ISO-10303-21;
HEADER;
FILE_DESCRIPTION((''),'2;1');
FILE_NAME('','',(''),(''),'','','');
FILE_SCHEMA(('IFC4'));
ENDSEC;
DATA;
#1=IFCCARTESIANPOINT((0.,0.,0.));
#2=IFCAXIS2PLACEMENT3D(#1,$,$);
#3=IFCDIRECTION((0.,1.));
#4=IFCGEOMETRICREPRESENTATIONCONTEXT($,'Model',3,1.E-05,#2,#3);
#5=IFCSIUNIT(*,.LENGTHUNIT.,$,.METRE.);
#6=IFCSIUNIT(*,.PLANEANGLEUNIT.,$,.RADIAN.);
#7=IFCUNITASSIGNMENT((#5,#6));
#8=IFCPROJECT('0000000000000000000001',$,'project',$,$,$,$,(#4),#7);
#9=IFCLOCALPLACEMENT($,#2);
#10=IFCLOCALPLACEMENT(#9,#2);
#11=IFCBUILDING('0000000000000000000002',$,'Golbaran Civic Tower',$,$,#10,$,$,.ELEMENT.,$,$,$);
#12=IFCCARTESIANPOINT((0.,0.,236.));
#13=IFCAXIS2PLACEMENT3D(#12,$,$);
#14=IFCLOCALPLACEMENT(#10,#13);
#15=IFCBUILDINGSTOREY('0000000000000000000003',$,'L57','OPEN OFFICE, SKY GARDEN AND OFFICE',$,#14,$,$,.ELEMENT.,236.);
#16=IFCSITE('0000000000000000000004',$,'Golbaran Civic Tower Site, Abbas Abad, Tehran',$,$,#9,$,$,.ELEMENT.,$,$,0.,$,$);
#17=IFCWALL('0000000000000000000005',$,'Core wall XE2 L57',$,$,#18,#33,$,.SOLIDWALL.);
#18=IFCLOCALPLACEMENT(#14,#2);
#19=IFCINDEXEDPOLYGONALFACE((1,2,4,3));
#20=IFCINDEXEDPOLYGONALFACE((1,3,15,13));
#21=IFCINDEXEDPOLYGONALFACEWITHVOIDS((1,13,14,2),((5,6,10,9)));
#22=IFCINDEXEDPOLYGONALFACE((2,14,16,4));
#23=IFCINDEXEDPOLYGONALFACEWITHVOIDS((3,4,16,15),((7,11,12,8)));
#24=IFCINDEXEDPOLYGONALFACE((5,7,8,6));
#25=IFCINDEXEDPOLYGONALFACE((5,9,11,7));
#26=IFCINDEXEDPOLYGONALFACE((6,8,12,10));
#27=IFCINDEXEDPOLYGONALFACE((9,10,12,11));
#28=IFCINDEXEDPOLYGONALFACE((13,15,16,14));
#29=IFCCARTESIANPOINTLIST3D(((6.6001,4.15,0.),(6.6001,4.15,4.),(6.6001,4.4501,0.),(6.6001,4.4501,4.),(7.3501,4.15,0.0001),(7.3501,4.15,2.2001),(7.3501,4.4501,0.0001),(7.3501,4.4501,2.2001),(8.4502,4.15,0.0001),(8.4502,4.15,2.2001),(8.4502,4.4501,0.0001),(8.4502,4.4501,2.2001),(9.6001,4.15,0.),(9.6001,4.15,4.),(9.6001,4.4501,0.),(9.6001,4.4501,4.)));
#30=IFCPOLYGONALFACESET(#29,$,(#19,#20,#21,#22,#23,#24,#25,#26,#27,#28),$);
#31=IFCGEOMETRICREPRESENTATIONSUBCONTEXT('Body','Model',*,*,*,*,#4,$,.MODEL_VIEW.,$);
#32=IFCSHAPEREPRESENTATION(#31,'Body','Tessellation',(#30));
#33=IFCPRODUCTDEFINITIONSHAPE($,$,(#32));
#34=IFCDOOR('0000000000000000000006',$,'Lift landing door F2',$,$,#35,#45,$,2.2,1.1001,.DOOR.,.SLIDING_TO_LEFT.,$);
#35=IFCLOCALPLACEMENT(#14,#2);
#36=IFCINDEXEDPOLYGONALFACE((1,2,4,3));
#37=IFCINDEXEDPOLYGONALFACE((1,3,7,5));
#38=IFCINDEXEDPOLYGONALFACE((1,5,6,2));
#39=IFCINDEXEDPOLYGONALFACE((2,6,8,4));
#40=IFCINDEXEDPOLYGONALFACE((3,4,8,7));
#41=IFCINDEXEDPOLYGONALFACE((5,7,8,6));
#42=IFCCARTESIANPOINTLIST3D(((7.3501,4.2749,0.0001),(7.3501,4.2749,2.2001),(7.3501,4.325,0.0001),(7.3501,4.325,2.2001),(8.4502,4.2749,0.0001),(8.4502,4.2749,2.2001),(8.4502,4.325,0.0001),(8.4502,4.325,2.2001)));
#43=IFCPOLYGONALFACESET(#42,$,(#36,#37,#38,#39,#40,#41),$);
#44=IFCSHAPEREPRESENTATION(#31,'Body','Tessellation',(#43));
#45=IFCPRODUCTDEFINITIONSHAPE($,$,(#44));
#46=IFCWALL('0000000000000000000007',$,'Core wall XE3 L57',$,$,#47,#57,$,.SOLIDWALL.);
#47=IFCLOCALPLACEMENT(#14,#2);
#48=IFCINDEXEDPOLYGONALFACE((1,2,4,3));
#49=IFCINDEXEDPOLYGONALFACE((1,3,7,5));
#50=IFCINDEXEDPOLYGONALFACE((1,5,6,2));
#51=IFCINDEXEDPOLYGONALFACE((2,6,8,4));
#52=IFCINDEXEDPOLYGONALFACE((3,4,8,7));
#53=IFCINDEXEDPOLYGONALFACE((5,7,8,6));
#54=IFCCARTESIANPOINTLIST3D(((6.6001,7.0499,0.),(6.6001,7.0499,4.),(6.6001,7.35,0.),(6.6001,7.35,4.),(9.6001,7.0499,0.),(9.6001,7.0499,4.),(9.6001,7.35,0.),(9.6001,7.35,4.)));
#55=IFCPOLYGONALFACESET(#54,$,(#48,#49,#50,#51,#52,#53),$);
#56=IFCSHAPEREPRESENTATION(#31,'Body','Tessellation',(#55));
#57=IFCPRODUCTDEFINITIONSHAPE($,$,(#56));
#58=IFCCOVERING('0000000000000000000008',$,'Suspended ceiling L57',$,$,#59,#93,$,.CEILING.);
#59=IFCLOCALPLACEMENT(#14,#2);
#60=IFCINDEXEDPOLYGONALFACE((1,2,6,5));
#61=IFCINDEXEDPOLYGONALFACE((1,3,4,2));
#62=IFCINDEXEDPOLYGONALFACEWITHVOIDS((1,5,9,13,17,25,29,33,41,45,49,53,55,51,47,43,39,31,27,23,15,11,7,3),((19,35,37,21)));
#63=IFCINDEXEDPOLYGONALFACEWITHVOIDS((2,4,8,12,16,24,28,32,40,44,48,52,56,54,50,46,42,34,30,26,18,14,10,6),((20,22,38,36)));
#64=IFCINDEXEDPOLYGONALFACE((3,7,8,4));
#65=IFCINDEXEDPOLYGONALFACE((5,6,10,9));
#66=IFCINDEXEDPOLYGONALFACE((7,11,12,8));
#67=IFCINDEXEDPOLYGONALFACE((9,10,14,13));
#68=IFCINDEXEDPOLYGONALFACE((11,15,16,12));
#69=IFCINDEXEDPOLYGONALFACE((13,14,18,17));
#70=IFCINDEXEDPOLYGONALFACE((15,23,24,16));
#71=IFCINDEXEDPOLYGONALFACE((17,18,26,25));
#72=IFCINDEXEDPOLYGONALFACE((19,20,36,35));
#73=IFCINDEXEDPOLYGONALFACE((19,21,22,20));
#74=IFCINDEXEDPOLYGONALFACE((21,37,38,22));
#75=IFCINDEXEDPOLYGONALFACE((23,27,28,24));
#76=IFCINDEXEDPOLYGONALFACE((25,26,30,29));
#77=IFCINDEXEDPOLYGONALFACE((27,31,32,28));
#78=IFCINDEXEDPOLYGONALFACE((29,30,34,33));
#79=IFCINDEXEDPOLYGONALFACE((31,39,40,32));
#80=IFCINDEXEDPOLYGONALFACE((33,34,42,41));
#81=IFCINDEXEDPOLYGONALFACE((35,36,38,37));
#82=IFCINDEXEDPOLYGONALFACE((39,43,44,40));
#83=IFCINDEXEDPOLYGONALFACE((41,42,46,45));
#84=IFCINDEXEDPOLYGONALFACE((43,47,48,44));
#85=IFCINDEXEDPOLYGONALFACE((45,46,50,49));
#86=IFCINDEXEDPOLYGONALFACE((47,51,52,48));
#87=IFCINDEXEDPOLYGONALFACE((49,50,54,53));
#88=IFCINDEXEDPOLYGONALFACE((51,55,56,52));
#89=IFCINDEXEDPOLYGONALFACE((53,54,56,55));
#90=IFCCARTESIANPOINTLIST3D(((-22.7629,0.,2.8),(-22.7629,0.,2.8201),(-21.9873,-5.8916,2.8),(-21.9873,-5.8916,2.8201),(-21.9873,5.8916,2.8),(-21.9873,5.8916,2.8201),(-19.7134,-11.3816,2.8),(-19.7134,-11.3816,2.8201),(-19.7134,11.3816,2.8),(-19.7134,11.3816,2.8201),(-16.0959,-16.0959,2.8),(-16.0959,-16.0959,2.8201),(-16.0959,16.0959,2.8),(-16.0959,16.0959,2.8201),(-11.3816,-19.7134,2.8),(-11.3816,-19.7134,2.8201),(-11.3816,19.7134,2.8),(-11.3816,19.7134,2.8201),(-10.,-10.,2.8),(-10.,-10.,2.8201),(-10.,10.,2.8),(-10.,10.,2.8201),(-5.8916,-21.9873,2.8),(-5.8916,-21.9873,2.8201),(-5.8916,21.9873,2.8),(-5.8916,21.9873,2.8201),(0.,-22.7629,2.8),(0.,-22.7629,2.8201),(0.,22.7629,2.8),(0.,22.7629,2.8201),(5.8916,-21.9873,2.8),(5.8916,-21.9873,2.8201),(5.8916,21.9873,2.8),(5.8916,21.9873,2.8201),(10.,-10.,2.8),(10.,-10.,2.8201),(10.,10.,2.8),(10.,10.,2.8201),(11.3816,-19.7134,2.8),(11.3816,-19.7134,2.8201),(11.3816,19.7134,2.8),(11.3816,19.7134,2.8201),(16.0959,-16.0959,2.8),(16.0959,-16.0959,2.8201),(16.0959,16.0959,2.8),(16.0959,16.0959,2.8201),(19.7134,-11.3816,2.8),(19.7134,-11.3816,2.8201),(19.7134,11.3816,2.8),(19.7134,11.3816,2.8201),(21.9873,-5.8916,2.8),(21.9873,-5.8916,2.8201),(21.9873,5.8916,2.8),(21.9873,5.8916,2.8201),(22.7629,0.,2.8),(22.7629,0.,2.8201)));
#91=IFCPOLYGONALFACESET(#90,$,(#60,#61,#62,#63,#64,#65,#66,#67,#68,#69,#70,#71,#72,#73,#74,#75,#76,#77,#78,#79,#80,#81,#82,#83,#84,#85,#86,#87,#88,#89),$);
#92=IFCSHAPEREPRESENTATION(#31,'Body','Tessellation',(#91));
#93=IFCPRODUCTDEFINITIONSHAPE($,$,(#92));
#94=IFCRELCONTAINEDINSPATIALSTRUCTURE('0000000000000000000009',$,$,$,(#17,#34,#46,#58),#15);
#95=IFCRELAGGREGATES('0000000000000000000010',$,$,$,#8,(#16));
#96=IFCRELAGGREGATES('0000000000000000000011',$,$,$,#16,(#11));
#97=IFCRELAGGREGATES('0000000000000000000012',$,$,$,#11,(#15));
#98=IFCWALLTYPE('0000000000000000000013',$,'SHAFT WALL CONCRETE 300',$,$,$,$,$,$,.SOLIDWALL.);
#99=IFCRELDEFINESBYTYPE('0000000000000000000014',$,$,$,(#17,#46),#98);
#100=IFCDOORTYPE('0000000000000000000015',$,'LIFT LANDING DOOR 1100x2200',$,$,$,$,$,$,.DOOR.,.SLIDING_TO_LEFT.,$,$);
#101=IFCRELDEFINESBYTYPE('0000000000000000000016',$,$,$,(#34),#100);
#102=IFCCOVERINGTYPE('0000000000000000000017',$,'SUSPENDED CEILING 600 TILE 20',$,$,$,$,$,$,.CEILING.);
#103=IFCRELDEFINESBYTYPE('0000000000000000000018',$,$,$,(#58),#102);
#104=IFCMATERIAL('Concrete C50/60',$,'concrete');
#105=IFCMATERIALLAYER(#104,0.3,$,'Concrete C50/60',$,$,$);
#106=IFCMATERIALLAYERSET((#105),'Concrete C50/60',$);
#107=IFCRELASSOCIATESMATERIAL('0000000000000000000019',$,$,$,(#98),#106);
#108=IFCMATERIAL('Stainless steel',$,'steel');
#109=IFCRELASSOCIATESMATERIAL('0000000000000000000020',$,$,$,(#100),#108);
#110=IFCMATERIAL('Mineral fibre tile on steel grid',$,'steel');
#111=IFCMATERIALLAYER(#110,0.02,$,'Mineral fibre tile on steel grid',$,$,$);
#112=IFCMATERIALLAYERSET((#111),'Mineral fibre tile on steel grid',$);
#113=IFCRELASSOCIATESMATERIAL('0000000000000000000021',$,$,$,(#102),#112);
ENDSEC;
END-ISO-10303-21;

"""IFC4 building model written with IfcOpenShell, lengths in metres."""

from ifc_helpers import new_model, si_unit, direction, frame, frame_2d, origin, place, context, subcontext, project, spatial, polyline, rectangle, outline, extrude, material, layer, layer_set, type_object, element, fill, save


model = new_model("IFC4")

# Units and contexts
model_context = context("Model", 3, precision=1e-05, world=origin(), true_north=direction((0.0, 1.0)))
body_context = subcontext(model_context, "Body", "Model", "MODEL_VIEW")
ifc_project = project(units=[si_unit("LENGTHUNIT", "METRE"), si_unit("PLANEANGLEUNIT", "RADIAN")], contexts=[model_context])

# Site, building, storey
site_placement = place(None, origin())
site = spatial("IfcSite", under=ifc_project, at=site_placement, Name="Golbaran Civic Tower Site, Abbas Abad, Tehran", CompositionType="ELEMENT", RefElevation=0.0)
building_placement = place(site_placement, origin())
building = spatial("IfcBuilding", under=site, at=building_placement, Name="Golbaran Civic Tower", CompositionType="ELEMENT")
storey_placement = place(building_placement, frame((0.0, 0.0, 236.0)))
storey = spatial("IfcBuildingStorey", under=building, at=storey_placement, Name="L57", Description="OPEN OFFICE, SKY GARDEN AND OFFICE", CompositionType="ELEMENT", Elevation=236.0)

# Shared definitions
ifc_material_1 = material(Name="Concrete C50/60", Category="concrete")

# Shared definitions
ifc_layer_1 = layer(ifc_material_1, 0.3, Name="Concrete C50/60")
ifc_layer_set_1 = layer_set([ifc_layer_1], Name="Concrete C50/60")
wall_type_1 = type_object("IfcWallType", Name="SHAFT WALL CONCRETE 300", PredefinedType="SOLIDWALL", material=ifc_layer_set_1)
ifc_material_2 = material(Name="Stainless steel", Category="steel")
door_type_1 = type_object("IfcDoorType", Name="LIFT LANDING DOOR 1100x2200", OperationType="SLIDING_TO_LEFT", PredefinedType="DOOR", material=ifc_material_2)

# Wall, opening, door
wall_1_placement = place(storey_placement, frame((6.6001, 4.3, 0.0), z_axis=(0.0, 0.0, 1.0), x_axis=(1.0, 0.0, 0.0)))
wall_1 = element("IfcWall", 1, at=wall_1_placement, inside=storey, type_object=wall_type_1, Name="Core wall XE2 L57", PredefinedType="SOLIDWALL", context=body_context, shape_type="SweptSolid", body=[
    extrude(rectangle(XDim=3.0, YDim=0.3, at=frame_2d((1.5, 0.0))), origin(), (0.0, 0.0, 1.0), 4.0),
])
opening_1_placement = place(wall_1_placement, frame((0.75, 0.0, 0.0)))
opening_1 = element("IfcOpeningElement", 2, at=opening_1_placement, cuts=wall_1, PredefinedType="OPENING", context=body_context, shape_type="SweptSolid", body=[
    extrude(rectangle(XDim=1.1001, YDim=2.2, at=frame_2d((0.55, 1.1001))), frame((0.0, 0.1599, 0.0), z_axis=(0.0, -1.0, 0.0), x_axis=(1.0, 0.0, 0.0)), (0.0, 0.0, 1.0), 0.3201),
])
door_1_placement = place(opening_1_placement, origin())
door_1 = element("IfcDoor", 3, at=door_1_placement, inside=storey, type_object=door_type_1, Name="Lift landing door F2", OperationType="SLIDING_TO_LEFT", OverallHeight=2.2, OverallWidth=1.1001, PredefinedType="DOOR", context=body_context, shape_type="SweptSolid", body=[
    extrude(rectangle(XDim=1.1001, YDim=2.2, at=frame_2d((0.55, 1.1001))), frame((0.0, 0.0249, 0.0), z_axis=(0.0, -1.0, 0.0), x_axis=(1.0, 0.0, 0.0)), (0.0, 0.0, 1.0), 0.05),
])
fill(opening_1, door_1)

# Wall
wall_2_placement = place(storey_placement, frame((6.6001, 7.2, 0.0), z_axis=(0.0, 0.0, 1.0), x_axis=(1.0, 0.0, 0.0)))
element("IfcWall", 4, at=wall_2_placement, inside=storey, type_object=wall_type_1, Name="Core wall XE3 L57", PredefinedType="SOLIDWALL", context=body_context, shape_type="SweptSolid", body=[
    extrude(rectangle(XDim=3.0, YDim=0.3, at=frame_2d((1.5, 0.0))), origin(), (0.0, 0.0, 1.0), 4.0),
])

# Covering
ifc_material_3 = material(Name="Mineral fibre tile on steel grid", Category="steel")
ifc_layer_2 = layer(ifc_material_3, 0.02, Name="Mineral fibre tile on steel grid")
ifc_layer_set_2 = layer_set([ifc_layer_2], Name="Mineral fibre tile on steel grid")
covering_type = type_object("IfcCoveringType", Name="SUSPENDED CEILING 600 TILE 20", PredefinedType="CEILING", material=ifc_layer_set_2)
covering_placement = place(storey_placement, frame((0.0, 0.0, 2.8)))
element("IfcCovering", 5, at=covering_placement, inside=storey, type_object=covering_type, Name="Suspended ceiling L57", PredefinedType="CEILING", context=body_context, shape_type="SweptSolid", body=[
    extrude(outline(polyline([(-21.9873, 5.8916), (-19.7134, 11.3816), (-16.0959, 16.0959), (-11.3816, 19.7134), (-5.8916, 21.9873), (0.0, 22.7629), (5.8916, 21.9873), (11.3816, 19.7134), (16.0959, 16.0959), (19.7134, 11.3816), (21.9873, 5.8916), (22.7629, 0.0), (21.9873, -5.8916), (19.7134, -11.3816), (16.0959, -16.0959), (11.3816, -19.7134), (5.8916, -21.9873), (0.0, -22.7629), (-5.8916, -21.9873), (-11.3816, -19.7134), (-16.0959, -16.0959), (-19.7134, -11.3816), (-21.9873, -5.8916), (-22.7629, 0.0), (-21.9873, 5.8916)]), holes=[polyline([(-10.0, 10.0), (-10.0, -10.0), (10.0, -10.0), (10.0, 10.0), (-10.0, 10.0)])]), origin(), (0.0, 0.0, 1.0), 0.02),
])

save(model, "model.ifc")
